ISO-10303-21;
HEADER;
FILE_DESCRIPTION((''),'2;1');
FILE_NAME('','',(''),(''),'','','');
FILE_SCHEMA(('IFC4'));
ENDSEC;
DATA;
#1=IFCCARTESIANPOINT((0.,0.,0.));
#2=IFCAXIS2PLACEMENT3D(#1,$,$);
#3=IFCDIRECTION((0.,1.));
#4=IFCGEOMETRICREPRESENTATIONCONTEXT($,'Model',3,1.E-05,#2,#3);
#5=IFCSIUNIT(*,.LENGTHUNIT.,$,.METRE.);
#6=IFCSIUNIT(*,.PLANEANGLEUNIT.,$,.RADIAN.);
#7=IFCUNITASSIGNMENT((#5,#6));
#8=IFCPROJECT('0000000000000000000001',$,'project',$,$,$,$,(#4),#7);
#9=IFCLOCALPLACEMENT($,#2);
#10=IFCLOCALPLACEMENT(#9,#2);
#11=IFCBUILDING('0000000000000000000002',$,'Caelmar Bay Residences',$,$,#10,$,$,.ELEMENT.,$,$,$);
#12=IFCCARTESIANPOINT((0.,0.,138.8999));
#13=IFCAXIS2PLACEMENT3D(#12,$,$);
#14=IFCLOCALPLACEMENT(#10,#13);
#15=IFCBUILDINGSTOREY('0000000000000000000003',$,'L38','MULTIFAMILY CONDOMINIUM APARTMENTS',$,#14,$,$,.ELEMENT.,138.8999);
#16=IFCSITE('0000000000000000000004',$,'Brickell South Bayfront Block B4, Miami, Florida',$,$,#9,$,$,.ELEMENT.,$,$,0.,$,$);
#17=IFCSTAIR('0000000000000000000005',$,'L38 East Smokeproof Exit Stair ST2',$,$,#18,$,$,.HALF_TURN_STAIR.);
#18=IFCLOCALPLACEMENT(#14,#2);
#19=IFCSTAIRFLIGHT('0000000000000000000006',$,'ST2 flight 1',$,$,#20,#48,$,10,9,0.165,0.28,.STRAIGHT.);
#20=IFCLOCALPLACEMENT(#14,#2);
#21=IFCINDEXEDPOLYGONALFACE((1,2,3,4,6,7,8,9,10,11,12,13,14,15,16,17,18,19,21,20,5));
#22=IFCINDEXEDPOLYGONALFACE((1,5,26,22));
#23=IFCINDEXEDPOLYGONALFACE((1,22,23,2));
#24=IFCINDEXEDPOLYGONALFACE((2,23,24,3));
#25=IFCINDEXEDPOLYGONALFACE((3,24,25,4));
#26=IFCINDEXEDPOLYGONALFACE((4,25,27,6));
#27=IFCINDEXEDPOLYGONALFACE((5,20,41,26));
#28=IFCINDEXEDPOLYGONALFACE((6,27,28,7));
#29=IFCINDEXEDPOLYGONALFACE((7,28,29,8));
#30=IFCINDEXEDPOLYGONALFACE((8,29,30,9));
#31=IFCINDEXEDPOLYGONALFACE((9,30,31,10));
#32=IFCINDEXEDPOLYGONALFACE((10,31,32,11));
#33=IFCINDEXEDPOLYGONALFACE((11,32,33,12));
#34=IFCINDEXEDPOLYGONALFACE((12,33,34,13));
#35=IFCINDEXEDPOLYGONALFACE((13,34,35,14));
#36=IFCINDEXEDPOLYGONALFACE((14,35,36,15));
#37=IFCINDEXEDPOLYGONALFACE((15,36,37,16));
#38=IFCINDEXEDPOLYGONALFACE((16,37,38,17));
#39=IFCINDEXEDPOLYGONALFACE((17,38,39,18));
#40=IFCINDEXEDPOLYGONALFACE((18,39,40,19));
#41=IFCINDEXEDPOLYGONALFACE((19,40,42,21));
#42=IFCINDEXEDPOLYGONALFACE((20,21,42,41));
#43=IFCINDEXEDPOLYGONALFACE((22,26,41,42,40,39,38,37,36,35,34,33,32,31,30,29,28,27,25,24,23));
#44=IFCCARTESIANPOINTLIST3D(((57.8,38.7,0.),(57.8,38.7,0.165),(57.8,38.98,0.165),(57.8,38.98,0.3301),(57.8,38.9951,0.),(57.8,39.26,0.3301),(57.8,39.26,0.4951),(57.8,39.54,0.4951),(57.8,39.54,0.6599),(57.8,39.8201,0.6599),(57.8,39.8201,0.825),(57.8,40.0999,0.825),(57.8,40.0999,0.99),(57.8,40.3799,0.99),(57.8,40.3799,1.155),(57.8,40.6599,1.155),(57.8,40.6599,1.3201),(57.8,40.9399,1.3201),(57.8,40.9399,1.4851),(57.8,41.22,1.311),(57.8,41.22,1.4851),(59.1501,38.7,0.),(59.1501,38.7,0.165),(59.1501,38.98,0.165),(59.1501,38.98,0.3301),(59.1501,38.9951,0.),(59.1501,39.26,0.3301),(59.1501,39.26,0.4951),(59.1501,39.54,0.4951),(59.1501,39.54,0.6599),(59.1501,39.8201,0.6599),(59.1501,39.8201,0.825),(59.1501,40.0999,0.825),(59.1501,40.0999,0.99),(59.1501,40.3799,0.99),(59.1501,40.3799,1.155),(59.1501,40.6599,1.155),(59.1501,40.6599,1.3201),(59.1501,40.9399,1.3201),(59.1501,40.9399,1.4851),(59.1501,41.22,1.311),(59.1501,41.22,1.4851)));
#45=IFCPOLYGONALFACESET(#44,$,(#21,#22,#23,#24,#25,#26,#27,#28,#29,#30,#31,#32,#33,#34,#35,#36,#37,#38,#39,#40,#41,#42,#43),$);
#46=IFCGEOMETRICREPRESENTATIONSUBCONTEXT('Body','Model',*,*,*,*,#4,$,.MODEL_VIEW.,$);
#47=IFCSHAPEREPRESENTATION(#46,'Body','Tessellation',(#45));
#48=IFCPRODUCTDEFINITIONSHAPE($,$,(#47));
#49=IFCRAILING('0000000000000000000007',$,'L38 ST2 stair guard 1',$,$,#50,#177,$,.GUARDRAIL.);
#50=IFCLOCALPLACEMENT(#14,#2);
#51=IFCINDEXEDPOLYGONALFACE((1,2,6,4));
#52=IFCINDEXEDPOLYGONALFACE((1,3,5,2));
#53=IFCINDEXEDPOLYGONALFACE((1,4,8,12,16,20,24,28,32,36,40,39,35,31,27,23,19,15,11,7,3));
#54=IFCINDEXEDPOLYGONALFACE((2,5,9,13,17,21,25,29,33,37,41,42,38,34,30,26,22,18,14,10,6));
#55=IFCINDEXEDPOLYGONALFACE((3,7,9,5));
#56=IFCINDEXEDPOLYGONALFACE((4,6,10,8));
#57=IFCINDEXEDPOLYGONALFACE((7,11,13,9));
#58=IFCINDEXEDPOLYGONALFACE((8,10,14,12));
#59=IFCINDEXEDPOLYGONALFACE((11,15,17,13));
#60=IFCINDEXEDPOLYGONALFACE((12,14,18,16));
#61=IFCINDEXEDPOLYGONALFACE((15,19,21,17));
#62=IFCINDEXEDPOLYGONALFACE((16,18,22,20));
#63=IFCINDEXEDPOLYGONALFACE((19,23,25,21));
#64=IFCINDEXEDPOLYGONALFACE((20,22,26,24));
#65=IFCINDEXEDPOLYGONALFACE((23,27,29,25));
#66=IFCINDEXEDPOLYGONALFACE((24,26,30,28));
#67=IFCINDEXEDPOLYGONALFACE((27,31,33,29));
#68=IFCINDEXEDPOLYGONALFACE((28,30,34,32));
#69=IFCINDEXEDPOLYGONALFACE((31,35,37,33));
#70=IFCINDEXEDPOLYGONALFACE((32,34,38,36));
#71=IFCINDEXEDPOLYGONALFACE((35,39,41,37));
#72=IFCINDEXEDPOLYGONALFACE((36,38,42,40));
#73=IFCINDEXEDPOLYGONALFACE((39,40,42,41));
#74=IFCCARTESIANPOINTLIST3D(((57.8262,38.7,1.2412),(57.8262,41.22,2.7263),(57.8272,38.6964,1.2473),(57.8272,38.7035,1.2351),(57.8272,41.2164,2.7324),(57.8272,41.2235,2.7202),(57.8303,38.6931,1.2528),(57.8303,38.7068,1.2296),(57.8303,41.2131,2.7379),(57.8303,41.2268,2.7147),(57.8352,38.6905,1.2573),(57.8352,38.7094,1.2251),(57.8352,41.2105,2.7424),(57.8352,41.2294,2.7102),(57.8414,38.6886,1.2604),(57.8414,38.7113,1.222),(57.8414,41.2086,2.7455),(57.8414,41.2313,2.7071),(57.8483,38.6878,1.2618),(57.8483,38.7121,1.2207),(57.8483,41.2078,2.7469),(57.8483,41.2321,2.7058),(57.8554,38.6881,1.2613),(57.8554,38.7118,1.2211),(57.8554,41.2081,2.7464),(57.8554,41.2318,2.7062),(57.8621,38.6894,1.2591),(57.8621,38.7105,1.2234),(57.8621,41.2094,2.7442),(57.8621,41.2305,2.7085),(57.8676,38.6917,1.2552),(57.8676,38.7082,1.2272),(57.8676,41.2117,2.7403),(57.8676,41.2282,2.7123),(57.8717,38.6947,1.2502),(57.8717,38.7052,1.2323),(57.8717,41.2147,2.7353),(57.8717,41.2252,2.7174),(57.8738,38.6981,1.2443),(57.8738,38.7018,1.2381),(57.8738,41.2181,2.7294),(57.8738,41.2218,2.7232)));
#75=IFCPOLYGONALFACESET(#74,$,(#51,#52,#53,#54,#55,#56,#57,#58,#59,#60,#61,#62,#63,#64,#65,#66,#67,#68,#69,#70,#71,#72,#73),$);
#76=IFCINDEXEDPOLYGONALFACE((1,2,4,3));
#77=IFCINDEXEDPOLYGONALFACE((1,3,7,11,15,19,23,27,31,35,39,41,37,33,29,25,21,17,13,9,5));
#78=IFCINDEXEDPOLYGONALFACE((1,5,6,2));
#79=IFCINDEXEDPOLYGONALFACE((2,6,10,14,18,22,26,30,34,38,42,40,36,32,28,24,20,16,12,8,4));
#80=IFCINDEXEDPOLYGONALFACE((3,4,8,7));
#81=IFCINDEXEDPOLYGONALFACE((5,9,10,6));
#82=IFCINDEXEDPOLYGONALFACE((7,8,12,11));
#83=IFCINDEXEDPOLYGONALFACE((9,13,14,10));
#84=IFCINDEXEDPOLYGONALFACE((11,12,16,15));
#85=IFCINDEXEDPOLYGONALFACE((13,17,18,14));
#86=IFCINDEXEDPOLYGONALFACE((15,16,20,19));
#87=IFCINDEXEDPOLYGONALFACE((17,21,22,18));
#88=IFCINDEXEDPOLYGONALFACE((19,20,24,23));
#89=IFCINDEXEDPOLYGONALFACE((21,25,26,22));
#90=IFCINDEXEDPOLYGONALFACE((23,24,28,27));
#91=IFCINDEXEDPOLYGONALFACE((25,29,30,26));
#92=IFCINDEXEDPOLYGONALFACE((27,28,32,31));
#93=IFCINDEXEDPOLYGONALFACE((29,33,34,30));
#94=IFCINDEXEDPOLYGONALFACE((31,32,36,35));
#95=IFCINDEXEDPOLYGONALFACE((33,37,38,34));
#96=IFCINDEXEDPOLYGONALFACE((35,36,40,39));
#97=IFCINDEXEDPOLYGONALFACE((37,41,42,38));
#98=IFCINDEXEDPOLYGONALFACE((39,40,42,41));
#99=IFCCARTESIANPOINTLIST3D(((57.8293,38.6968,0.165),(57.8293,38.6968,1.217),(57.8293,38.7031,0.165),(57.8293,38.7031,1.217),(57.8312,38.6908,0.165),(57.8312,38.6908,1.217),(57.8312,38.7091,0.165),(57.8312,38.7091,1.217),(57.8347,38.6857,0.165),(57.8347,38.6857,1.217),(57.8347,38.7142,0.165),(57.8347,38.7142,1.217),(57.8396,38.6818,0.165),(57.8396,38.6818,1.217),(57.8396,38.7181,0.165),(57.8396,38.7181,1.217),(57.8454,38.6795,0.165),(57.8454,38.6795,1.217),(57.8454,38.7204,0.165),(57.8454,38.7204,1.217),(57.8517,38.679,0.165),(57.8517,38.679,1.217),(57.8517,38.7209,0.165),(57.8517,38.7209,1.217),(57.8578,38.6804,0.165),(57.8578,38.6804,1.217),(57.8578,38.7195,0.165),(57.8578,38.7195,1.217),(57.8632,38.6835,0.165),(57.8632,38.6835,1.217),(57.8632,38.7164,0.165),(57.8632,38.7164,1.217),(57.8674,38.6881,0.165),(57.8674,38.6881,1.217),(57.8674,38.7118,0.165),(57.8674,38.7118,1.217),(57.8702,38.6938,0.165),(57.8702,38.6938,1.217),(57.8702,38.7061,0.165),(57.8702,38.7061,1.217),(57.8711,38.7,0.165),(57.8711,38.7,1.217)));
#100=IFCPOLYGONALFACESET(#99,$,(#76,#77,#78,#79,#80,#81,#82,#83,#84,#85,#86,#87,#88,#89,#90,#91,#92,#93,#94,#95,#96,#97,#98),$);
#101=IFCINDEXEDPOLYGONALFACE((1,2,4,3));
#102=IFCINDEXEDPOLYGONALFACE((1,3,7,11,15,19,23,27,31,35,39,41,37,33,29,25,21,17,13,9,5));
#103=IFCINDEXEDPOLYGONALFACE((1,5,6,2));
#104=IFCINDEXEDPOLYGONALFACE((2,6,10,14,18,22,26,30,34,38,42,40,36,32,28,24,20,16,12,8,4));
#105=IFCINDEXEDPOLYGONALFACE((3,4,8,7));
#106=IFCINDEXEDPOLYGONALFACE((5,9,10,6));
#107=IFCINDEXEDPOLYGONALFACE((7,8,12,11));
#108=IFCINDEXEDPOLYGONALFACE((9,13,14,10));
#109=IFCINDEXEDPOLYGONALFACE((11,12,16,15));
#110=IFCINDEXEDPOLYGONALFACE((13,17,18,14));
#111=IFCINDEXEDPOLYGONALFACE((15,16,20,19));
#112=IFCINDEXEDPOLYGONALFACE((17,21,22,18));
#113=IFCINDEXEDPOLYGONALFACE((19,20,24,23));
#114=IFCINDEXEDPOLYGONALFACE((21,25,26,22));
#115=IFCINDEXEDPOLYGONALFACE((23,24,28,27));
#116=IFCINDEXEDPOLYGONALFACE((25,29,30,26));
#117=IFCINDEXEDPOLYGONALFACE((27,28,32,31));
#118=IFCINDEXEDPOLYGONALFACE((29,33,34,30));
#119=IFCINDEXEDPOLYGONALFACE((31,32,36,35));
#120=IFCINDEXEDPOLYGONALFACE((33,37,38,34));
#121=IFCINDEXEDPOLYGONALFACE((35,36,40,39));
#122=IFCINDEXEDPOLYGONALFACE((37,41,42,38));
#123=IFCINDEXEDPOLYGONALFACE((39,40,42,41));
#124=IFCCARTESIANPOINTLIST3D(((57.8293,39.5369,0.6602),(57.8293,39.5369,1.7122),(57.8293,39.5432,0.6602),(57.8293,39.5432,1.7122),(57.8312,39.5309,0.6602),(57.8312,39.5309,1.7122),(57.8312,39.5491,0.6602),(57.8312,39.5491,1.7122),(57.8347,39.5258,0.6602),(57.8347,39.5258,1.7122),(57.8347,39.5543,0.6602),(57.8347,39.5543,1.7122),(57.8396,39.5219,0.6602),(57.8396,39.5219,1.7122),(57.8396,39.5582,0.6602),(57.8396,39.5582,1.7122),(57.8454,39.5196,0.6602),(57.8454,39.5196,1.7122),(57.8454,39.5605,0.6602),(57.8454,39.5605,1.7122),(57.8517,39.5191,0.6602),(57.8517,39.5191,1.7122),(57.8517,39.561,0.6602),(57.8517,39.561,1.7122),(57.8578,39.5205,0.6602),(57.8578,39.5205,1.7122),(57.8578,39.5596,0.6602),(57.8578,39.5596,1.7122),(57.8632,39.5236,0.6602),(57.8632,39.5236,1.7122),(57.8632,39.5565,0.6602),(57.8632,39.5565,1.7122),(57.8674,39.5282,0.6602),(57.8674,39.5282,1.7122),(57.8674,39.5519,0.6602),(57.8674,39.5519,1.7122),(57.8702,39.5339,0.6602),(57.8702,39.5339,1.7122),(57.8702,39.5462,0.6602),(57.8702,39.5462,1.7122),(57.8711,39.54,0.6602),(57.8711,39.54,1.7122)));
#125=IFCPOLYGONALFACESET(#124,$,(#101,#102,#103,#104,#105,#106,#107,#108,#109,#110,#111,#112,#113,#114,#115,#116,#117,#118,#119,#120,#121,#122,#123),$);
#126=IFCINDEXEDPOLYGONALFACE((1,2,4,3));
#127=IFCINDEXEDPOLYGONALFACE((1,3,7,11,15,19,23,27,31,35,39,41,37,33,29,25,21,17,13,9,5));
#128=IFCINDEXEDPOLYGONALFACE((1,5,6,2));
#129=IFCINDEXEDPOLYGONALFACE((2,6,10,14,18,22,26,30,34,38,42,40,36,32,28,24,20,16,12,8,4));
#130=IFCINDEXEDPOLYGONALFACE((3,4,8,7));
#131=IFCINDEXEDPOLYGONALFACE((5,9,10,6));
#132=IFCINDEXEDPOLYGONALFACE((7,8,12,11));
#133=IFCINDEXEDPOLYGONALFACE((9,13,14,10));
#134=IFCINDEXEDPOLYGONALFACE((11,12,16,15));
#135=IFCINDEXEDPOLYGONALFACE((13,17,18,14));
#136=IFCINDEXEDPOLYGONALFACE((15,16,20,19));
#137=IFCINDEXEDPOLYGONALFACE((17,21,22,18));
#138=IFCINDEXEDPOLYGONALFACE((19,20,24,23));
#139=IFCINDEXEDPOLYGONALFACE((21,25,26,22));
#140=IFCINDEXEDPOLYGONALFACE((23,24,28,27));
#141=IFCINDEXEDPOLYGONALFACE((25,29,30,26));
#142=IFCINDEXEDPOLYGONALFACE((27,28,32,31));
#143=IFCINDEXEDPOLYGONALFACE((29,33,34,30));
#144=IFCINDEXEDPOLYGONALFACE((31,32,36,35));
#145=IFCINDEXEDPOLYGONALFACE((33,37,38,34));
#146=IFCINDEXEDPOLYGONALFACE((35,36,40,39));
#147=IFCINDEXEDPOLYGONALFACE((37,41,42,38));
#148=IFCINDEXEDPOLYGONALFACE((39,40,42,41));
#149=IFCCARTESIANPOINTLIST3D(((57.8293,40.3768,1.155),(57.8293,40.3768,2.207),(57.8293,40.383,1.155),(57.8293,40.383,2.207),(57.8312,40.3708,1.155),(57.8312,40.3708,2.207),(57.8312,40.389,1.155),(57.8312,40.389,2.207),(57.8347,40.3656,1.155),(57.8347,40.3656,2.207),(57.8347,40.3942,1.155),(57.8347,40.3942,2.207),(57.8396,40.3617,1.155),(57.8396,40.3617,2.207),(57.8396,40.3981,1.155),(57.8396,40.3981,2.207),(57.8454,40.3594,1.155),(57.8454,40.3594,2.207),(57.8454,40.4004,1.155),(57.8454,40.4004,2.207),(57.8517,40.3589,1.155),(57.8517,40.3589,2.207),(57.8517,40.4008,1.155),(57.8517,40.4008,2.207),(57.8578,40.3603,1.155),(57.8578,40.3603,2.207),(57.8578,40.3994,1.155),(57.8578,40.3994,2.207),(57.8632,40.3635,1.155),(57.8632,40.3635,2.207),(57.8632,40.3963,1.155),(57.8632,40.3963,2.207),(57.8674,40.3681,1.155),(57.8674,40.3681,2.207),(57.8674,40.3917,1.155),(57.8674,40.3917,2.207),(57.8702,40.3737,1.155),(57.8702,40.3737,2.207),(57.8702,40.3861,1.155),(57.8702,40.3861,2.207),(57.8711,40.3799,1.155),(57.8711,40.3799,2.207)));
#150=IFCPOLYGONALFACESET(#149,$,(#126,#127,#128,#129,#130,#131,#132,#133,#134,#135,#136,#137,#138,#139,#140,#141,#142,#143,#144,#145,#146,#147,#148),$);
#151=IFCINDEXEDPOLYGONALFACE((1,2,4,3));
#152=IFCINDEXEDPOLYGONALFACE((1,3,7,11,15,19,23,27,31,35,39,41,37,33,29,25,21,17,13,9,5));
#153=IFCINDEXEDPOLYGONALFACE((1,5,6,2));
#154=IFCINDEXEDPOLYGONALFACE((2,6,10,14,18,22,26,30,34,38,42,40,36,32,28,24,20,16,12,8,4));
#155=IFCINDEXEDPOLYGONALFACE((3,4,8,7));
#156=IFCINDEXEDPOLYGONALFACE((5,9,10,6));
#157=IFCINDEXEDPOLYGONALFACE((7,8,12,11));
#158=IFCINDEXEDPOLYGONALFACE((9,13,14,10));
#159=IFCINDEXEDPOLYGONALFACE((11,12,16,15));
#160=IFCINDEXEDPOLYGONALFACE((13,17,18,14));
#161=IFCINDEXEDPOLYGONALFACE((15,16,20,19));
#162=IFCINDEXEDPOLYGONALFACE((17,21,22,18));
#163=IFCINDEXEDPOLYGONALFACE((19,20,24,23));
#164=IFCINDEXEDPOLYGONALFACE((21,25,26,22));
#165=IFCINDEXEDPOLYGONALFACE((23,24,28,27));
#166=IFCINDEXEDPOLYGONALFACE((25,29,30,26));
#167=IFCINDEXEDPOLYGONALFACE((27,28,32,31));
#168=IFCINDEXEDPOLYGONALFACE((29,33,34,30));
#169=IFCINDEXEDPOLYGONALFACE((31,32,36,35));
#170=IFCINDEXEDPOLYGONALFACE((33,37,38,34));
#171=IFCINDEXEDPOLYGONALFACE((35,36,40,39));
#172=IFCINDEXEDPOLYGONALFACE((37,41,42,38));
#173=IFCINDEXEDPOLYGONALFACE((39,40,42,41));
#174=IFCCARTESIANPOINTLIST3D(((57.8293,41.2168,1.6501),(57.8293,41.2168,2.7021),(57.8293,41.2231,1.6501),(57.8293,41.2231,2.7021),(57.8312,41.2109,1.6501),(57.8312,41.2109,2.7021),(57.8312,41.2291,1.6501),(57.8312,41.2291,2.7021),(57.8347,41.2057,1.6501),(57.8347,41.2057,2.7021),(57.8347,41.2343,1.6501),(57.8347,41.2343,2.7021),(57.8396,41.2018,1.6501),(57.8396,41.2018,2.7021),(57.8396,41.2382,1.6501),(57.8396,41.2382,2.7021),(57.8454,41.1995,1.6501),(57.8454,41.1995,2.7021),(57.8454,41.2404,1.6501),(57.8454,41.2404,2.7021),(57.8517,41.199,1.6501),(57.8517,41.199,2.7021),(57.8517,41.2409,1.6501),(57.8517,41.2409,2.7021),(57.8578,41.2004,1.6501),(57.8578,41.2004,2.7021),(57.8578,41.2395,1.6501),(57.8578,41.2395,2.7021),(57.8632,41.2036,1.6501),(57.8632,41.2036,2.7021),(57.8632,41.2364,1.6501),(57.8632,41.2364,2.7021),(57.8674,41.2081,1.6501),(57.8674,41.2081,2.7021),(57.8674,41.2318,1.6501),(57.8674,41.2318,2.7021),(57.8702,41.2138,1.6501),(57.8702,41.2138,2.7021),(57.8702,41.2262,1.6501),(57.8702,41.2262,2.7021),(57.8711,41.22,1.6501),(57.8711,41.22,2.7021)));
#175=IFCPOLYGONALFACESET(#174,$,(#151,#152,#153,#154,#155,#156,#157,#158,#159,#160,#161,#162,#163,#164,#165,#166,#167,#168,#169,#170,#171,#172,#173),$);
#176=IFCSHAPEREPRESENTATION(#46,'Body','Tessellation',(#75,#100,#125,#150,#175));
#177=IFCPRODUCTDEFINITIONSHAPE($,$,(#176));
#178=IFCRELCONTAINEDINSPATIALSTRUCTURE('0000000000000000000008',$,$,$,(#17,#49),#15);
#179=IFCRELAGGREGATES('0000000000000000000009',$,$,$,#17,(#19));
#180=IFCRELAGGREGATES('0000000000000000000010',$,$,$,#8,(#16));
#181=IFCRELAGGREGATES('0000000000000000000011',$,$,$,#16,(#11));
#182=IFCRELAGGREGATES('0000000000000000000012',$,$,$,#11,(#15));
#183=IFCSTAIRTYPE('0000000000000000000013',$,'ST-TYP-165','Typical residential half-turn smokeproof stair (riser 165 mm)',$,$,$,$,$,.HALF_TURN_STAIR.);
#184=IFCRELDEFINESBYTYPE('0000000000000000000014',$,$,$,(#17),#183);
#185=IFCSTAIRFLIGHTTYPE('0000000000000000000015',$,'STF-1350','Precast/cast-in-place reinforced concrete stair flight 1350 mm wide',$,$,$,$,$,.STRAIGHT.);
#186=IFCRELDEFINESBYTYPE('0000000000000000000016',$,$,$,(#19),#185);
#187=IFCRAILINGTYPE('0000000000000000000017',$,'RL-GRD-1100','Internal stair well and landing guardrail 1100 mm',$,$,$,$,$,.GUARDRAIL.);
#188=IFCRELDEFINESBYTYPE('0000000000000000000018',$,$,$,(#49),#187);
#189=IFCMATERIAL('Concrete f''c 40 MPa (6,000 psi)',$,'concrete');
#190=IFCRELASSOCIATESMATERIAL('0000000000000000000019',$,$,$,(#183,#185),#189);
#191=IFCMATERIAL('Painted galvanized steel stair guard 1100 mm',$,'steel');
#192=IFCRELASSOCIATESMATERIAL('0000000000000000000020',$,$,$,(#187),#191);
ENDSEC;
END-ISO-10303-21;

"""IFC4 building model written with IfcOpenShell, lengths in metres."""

from ifc_helpers import new_model, si_unit, direction, frame, origin, origin_2d, place, context, subcontext, project, spatial, polyline, circle, outline, extrude, material, type_object, element, aggregate, save


model = new_model("IFC4")

# Units and contexts
model_context = context("Model", 3, precision=1e-05, world=origin(), true_north=direction((0.0, 1.0)))
body_context = subcontext(model_context, "Body", "Model", "MODEL_VIEW")
ifc_project = project(units=[si_unit("LENGTHUNIT", "METRE"), si_unit("PLANEANGLEUNIT", "RADIAN")], contexts=[model_context])

# Site, building, storey
site_placement = place(None, origin())
site = spatial("IfcSite", under=ifc_project, at=site_placement, Name="Brickell South Bayfront Block B4, Miami, Florida", CompositionType="ELEMENT", RefElevation=0.0)
building_placement = place(site_placement, origin())
building = spatial("IfcBuilding", under=site, at=building_placement, Name="Caelmar Bay Residences", CompositionType="ELEMENT")
storey_placement = place(building_placement, frame((0.0, 0.0, 138.8999)))
storey = spatial("IfcBuildingStorey", under=building, at=storey_placement, Name="L38", Description="MULTIFAMILY CONDOMINIUM APARTMENTS", CompositionType="ELEMENT", Elevation=138.8999)

# Stair, stair flight
ifc_material_1 = material(Name="Concrete f'c 40 MPa (6,000 psi)", Category="concrete")
stair_type = type_object("IfcStairType", Name="ST-TYP-165", Description="Typical residential half-turn smokeproof stair (riser 165 mm)", PredefinedType="HALF_TURN_STAIR", material=ifc_material_1)
stair_placement = place(storey_placement, origin())
stair = element("IfcStair", 1, at=stair_placement, inside=storey, type_object=stair_type, Name="L38 East Smokeproof Exit Stair ST2", PredefinedType="HALF_TURN_STAIR")
stair_flight_type = type_object("IfcStairFlightType", Name="STF-1350", Description="Precast/cast-in-place reinforced concrete stair flight 1350 mm wide", PredefinedType="STRAIGHT", material=ifc_material_1)
stair_flight_placement = place(storey_placement, frame((58.4751, 38.7, 0.0), z_axis=(0.0, 0.0, 1.0), x_axis=(0.0, 1.0, 0.0)))
stair_flight = element("IfcStairFlight", 2, at=stair_flight_placement, type_object=stair_flight_type, Name="ST2 flight 1", NumberOfRisers=10, NumberOfTreads=9, PredefinedType="STRAIGHT", RiserHeight=0.165, TreadLength=0.28, context=body_context, shape_type="SweptSolid", body=[
    extrude(outline(polyline([(0.0, 0.0), (0.0, 0.165), (0.28, 0.165), (0.28, 0.3301), (0.5601, 0.3301), (0.5601, 0.4951), (0.8401, 0.4951), (0.8401, 0.6599), (1.1201, 0.6599), (1.1201, 0.825), (1.3999, 0.825), (1.3999, 0.99), (1.6799, 0.99), (1.6799, 1.155), (1.96, 1.155), (1.96, 1.3201), (2.24, 1.3201), (2.24, 1.4851), (2.52, 1.4851), (2.52, 1.6499), (2.52, 1.311), (0.2952, 0.0), (0.0, 0.0)])), frame((0.0, 0.675, 0.0), z_axis=(0.0, -1.0, 0.0), x_axis=(1.0, 0.0, 0.0)), (0.0, 0.0, 1.0), 1.3501),
])
aggregate(stair, [stair_flight])

# Railing
ifc_material_2 = material(Name="Painted galvanized steel stair guard 1100 mm", Category="steel")
railing_type_1 = type_object("IfcRailingType", Name="RL-GRD-1100", Description="Internal stair well and landing guardrail 1100 mm", PredefinedType="GUARDRAIL", material=ifc_material_2)
railing_1_placement = place(storey_placement, frame((57.8501, 38.7, 0.165)))
element("IfcRailing", 3, at=railing_1_placement, inside=storey, type_object=railing_type_1, Name="L38 ST2 stair guard 1", PredefinedType="GUARDRAIL", context=body_context, shape_type="SweptSolid", body=[
    extrude(circle(Radius=0.0239, at=origin_2d()), frame((0.0, 0.0, 1.0762), z_axis=(0.0, 0.861524, 0.507717), x_axis=(-1.0, 0.0, 0.0)), (0.0, 0.0, 1.0), 2.925),
    extrude(circle(Radius=0.021, at=origin_2d()), origin(), (0.0, 0.0, 1.0), 1.052),
    extrude(circle(Radius=0.021, at=origin_2d()), frame((0.0, 0.8401, 0.4951)), (0.0, 0.0, 1.0), 1.052),
    extrude(circle(Radius=0.021, at=origin_2d()), frame((0.0, 1.6799, 0.99)), (0.0, 0.0, 1.0), 1.052),
    extrude(circle(Radius=0.021, at=origin_2d()), frame((0.0, 2.52, 1.4851)), (0.0, 0.0, 1.0), 1.052),
])

save(model, "model.ifc")
